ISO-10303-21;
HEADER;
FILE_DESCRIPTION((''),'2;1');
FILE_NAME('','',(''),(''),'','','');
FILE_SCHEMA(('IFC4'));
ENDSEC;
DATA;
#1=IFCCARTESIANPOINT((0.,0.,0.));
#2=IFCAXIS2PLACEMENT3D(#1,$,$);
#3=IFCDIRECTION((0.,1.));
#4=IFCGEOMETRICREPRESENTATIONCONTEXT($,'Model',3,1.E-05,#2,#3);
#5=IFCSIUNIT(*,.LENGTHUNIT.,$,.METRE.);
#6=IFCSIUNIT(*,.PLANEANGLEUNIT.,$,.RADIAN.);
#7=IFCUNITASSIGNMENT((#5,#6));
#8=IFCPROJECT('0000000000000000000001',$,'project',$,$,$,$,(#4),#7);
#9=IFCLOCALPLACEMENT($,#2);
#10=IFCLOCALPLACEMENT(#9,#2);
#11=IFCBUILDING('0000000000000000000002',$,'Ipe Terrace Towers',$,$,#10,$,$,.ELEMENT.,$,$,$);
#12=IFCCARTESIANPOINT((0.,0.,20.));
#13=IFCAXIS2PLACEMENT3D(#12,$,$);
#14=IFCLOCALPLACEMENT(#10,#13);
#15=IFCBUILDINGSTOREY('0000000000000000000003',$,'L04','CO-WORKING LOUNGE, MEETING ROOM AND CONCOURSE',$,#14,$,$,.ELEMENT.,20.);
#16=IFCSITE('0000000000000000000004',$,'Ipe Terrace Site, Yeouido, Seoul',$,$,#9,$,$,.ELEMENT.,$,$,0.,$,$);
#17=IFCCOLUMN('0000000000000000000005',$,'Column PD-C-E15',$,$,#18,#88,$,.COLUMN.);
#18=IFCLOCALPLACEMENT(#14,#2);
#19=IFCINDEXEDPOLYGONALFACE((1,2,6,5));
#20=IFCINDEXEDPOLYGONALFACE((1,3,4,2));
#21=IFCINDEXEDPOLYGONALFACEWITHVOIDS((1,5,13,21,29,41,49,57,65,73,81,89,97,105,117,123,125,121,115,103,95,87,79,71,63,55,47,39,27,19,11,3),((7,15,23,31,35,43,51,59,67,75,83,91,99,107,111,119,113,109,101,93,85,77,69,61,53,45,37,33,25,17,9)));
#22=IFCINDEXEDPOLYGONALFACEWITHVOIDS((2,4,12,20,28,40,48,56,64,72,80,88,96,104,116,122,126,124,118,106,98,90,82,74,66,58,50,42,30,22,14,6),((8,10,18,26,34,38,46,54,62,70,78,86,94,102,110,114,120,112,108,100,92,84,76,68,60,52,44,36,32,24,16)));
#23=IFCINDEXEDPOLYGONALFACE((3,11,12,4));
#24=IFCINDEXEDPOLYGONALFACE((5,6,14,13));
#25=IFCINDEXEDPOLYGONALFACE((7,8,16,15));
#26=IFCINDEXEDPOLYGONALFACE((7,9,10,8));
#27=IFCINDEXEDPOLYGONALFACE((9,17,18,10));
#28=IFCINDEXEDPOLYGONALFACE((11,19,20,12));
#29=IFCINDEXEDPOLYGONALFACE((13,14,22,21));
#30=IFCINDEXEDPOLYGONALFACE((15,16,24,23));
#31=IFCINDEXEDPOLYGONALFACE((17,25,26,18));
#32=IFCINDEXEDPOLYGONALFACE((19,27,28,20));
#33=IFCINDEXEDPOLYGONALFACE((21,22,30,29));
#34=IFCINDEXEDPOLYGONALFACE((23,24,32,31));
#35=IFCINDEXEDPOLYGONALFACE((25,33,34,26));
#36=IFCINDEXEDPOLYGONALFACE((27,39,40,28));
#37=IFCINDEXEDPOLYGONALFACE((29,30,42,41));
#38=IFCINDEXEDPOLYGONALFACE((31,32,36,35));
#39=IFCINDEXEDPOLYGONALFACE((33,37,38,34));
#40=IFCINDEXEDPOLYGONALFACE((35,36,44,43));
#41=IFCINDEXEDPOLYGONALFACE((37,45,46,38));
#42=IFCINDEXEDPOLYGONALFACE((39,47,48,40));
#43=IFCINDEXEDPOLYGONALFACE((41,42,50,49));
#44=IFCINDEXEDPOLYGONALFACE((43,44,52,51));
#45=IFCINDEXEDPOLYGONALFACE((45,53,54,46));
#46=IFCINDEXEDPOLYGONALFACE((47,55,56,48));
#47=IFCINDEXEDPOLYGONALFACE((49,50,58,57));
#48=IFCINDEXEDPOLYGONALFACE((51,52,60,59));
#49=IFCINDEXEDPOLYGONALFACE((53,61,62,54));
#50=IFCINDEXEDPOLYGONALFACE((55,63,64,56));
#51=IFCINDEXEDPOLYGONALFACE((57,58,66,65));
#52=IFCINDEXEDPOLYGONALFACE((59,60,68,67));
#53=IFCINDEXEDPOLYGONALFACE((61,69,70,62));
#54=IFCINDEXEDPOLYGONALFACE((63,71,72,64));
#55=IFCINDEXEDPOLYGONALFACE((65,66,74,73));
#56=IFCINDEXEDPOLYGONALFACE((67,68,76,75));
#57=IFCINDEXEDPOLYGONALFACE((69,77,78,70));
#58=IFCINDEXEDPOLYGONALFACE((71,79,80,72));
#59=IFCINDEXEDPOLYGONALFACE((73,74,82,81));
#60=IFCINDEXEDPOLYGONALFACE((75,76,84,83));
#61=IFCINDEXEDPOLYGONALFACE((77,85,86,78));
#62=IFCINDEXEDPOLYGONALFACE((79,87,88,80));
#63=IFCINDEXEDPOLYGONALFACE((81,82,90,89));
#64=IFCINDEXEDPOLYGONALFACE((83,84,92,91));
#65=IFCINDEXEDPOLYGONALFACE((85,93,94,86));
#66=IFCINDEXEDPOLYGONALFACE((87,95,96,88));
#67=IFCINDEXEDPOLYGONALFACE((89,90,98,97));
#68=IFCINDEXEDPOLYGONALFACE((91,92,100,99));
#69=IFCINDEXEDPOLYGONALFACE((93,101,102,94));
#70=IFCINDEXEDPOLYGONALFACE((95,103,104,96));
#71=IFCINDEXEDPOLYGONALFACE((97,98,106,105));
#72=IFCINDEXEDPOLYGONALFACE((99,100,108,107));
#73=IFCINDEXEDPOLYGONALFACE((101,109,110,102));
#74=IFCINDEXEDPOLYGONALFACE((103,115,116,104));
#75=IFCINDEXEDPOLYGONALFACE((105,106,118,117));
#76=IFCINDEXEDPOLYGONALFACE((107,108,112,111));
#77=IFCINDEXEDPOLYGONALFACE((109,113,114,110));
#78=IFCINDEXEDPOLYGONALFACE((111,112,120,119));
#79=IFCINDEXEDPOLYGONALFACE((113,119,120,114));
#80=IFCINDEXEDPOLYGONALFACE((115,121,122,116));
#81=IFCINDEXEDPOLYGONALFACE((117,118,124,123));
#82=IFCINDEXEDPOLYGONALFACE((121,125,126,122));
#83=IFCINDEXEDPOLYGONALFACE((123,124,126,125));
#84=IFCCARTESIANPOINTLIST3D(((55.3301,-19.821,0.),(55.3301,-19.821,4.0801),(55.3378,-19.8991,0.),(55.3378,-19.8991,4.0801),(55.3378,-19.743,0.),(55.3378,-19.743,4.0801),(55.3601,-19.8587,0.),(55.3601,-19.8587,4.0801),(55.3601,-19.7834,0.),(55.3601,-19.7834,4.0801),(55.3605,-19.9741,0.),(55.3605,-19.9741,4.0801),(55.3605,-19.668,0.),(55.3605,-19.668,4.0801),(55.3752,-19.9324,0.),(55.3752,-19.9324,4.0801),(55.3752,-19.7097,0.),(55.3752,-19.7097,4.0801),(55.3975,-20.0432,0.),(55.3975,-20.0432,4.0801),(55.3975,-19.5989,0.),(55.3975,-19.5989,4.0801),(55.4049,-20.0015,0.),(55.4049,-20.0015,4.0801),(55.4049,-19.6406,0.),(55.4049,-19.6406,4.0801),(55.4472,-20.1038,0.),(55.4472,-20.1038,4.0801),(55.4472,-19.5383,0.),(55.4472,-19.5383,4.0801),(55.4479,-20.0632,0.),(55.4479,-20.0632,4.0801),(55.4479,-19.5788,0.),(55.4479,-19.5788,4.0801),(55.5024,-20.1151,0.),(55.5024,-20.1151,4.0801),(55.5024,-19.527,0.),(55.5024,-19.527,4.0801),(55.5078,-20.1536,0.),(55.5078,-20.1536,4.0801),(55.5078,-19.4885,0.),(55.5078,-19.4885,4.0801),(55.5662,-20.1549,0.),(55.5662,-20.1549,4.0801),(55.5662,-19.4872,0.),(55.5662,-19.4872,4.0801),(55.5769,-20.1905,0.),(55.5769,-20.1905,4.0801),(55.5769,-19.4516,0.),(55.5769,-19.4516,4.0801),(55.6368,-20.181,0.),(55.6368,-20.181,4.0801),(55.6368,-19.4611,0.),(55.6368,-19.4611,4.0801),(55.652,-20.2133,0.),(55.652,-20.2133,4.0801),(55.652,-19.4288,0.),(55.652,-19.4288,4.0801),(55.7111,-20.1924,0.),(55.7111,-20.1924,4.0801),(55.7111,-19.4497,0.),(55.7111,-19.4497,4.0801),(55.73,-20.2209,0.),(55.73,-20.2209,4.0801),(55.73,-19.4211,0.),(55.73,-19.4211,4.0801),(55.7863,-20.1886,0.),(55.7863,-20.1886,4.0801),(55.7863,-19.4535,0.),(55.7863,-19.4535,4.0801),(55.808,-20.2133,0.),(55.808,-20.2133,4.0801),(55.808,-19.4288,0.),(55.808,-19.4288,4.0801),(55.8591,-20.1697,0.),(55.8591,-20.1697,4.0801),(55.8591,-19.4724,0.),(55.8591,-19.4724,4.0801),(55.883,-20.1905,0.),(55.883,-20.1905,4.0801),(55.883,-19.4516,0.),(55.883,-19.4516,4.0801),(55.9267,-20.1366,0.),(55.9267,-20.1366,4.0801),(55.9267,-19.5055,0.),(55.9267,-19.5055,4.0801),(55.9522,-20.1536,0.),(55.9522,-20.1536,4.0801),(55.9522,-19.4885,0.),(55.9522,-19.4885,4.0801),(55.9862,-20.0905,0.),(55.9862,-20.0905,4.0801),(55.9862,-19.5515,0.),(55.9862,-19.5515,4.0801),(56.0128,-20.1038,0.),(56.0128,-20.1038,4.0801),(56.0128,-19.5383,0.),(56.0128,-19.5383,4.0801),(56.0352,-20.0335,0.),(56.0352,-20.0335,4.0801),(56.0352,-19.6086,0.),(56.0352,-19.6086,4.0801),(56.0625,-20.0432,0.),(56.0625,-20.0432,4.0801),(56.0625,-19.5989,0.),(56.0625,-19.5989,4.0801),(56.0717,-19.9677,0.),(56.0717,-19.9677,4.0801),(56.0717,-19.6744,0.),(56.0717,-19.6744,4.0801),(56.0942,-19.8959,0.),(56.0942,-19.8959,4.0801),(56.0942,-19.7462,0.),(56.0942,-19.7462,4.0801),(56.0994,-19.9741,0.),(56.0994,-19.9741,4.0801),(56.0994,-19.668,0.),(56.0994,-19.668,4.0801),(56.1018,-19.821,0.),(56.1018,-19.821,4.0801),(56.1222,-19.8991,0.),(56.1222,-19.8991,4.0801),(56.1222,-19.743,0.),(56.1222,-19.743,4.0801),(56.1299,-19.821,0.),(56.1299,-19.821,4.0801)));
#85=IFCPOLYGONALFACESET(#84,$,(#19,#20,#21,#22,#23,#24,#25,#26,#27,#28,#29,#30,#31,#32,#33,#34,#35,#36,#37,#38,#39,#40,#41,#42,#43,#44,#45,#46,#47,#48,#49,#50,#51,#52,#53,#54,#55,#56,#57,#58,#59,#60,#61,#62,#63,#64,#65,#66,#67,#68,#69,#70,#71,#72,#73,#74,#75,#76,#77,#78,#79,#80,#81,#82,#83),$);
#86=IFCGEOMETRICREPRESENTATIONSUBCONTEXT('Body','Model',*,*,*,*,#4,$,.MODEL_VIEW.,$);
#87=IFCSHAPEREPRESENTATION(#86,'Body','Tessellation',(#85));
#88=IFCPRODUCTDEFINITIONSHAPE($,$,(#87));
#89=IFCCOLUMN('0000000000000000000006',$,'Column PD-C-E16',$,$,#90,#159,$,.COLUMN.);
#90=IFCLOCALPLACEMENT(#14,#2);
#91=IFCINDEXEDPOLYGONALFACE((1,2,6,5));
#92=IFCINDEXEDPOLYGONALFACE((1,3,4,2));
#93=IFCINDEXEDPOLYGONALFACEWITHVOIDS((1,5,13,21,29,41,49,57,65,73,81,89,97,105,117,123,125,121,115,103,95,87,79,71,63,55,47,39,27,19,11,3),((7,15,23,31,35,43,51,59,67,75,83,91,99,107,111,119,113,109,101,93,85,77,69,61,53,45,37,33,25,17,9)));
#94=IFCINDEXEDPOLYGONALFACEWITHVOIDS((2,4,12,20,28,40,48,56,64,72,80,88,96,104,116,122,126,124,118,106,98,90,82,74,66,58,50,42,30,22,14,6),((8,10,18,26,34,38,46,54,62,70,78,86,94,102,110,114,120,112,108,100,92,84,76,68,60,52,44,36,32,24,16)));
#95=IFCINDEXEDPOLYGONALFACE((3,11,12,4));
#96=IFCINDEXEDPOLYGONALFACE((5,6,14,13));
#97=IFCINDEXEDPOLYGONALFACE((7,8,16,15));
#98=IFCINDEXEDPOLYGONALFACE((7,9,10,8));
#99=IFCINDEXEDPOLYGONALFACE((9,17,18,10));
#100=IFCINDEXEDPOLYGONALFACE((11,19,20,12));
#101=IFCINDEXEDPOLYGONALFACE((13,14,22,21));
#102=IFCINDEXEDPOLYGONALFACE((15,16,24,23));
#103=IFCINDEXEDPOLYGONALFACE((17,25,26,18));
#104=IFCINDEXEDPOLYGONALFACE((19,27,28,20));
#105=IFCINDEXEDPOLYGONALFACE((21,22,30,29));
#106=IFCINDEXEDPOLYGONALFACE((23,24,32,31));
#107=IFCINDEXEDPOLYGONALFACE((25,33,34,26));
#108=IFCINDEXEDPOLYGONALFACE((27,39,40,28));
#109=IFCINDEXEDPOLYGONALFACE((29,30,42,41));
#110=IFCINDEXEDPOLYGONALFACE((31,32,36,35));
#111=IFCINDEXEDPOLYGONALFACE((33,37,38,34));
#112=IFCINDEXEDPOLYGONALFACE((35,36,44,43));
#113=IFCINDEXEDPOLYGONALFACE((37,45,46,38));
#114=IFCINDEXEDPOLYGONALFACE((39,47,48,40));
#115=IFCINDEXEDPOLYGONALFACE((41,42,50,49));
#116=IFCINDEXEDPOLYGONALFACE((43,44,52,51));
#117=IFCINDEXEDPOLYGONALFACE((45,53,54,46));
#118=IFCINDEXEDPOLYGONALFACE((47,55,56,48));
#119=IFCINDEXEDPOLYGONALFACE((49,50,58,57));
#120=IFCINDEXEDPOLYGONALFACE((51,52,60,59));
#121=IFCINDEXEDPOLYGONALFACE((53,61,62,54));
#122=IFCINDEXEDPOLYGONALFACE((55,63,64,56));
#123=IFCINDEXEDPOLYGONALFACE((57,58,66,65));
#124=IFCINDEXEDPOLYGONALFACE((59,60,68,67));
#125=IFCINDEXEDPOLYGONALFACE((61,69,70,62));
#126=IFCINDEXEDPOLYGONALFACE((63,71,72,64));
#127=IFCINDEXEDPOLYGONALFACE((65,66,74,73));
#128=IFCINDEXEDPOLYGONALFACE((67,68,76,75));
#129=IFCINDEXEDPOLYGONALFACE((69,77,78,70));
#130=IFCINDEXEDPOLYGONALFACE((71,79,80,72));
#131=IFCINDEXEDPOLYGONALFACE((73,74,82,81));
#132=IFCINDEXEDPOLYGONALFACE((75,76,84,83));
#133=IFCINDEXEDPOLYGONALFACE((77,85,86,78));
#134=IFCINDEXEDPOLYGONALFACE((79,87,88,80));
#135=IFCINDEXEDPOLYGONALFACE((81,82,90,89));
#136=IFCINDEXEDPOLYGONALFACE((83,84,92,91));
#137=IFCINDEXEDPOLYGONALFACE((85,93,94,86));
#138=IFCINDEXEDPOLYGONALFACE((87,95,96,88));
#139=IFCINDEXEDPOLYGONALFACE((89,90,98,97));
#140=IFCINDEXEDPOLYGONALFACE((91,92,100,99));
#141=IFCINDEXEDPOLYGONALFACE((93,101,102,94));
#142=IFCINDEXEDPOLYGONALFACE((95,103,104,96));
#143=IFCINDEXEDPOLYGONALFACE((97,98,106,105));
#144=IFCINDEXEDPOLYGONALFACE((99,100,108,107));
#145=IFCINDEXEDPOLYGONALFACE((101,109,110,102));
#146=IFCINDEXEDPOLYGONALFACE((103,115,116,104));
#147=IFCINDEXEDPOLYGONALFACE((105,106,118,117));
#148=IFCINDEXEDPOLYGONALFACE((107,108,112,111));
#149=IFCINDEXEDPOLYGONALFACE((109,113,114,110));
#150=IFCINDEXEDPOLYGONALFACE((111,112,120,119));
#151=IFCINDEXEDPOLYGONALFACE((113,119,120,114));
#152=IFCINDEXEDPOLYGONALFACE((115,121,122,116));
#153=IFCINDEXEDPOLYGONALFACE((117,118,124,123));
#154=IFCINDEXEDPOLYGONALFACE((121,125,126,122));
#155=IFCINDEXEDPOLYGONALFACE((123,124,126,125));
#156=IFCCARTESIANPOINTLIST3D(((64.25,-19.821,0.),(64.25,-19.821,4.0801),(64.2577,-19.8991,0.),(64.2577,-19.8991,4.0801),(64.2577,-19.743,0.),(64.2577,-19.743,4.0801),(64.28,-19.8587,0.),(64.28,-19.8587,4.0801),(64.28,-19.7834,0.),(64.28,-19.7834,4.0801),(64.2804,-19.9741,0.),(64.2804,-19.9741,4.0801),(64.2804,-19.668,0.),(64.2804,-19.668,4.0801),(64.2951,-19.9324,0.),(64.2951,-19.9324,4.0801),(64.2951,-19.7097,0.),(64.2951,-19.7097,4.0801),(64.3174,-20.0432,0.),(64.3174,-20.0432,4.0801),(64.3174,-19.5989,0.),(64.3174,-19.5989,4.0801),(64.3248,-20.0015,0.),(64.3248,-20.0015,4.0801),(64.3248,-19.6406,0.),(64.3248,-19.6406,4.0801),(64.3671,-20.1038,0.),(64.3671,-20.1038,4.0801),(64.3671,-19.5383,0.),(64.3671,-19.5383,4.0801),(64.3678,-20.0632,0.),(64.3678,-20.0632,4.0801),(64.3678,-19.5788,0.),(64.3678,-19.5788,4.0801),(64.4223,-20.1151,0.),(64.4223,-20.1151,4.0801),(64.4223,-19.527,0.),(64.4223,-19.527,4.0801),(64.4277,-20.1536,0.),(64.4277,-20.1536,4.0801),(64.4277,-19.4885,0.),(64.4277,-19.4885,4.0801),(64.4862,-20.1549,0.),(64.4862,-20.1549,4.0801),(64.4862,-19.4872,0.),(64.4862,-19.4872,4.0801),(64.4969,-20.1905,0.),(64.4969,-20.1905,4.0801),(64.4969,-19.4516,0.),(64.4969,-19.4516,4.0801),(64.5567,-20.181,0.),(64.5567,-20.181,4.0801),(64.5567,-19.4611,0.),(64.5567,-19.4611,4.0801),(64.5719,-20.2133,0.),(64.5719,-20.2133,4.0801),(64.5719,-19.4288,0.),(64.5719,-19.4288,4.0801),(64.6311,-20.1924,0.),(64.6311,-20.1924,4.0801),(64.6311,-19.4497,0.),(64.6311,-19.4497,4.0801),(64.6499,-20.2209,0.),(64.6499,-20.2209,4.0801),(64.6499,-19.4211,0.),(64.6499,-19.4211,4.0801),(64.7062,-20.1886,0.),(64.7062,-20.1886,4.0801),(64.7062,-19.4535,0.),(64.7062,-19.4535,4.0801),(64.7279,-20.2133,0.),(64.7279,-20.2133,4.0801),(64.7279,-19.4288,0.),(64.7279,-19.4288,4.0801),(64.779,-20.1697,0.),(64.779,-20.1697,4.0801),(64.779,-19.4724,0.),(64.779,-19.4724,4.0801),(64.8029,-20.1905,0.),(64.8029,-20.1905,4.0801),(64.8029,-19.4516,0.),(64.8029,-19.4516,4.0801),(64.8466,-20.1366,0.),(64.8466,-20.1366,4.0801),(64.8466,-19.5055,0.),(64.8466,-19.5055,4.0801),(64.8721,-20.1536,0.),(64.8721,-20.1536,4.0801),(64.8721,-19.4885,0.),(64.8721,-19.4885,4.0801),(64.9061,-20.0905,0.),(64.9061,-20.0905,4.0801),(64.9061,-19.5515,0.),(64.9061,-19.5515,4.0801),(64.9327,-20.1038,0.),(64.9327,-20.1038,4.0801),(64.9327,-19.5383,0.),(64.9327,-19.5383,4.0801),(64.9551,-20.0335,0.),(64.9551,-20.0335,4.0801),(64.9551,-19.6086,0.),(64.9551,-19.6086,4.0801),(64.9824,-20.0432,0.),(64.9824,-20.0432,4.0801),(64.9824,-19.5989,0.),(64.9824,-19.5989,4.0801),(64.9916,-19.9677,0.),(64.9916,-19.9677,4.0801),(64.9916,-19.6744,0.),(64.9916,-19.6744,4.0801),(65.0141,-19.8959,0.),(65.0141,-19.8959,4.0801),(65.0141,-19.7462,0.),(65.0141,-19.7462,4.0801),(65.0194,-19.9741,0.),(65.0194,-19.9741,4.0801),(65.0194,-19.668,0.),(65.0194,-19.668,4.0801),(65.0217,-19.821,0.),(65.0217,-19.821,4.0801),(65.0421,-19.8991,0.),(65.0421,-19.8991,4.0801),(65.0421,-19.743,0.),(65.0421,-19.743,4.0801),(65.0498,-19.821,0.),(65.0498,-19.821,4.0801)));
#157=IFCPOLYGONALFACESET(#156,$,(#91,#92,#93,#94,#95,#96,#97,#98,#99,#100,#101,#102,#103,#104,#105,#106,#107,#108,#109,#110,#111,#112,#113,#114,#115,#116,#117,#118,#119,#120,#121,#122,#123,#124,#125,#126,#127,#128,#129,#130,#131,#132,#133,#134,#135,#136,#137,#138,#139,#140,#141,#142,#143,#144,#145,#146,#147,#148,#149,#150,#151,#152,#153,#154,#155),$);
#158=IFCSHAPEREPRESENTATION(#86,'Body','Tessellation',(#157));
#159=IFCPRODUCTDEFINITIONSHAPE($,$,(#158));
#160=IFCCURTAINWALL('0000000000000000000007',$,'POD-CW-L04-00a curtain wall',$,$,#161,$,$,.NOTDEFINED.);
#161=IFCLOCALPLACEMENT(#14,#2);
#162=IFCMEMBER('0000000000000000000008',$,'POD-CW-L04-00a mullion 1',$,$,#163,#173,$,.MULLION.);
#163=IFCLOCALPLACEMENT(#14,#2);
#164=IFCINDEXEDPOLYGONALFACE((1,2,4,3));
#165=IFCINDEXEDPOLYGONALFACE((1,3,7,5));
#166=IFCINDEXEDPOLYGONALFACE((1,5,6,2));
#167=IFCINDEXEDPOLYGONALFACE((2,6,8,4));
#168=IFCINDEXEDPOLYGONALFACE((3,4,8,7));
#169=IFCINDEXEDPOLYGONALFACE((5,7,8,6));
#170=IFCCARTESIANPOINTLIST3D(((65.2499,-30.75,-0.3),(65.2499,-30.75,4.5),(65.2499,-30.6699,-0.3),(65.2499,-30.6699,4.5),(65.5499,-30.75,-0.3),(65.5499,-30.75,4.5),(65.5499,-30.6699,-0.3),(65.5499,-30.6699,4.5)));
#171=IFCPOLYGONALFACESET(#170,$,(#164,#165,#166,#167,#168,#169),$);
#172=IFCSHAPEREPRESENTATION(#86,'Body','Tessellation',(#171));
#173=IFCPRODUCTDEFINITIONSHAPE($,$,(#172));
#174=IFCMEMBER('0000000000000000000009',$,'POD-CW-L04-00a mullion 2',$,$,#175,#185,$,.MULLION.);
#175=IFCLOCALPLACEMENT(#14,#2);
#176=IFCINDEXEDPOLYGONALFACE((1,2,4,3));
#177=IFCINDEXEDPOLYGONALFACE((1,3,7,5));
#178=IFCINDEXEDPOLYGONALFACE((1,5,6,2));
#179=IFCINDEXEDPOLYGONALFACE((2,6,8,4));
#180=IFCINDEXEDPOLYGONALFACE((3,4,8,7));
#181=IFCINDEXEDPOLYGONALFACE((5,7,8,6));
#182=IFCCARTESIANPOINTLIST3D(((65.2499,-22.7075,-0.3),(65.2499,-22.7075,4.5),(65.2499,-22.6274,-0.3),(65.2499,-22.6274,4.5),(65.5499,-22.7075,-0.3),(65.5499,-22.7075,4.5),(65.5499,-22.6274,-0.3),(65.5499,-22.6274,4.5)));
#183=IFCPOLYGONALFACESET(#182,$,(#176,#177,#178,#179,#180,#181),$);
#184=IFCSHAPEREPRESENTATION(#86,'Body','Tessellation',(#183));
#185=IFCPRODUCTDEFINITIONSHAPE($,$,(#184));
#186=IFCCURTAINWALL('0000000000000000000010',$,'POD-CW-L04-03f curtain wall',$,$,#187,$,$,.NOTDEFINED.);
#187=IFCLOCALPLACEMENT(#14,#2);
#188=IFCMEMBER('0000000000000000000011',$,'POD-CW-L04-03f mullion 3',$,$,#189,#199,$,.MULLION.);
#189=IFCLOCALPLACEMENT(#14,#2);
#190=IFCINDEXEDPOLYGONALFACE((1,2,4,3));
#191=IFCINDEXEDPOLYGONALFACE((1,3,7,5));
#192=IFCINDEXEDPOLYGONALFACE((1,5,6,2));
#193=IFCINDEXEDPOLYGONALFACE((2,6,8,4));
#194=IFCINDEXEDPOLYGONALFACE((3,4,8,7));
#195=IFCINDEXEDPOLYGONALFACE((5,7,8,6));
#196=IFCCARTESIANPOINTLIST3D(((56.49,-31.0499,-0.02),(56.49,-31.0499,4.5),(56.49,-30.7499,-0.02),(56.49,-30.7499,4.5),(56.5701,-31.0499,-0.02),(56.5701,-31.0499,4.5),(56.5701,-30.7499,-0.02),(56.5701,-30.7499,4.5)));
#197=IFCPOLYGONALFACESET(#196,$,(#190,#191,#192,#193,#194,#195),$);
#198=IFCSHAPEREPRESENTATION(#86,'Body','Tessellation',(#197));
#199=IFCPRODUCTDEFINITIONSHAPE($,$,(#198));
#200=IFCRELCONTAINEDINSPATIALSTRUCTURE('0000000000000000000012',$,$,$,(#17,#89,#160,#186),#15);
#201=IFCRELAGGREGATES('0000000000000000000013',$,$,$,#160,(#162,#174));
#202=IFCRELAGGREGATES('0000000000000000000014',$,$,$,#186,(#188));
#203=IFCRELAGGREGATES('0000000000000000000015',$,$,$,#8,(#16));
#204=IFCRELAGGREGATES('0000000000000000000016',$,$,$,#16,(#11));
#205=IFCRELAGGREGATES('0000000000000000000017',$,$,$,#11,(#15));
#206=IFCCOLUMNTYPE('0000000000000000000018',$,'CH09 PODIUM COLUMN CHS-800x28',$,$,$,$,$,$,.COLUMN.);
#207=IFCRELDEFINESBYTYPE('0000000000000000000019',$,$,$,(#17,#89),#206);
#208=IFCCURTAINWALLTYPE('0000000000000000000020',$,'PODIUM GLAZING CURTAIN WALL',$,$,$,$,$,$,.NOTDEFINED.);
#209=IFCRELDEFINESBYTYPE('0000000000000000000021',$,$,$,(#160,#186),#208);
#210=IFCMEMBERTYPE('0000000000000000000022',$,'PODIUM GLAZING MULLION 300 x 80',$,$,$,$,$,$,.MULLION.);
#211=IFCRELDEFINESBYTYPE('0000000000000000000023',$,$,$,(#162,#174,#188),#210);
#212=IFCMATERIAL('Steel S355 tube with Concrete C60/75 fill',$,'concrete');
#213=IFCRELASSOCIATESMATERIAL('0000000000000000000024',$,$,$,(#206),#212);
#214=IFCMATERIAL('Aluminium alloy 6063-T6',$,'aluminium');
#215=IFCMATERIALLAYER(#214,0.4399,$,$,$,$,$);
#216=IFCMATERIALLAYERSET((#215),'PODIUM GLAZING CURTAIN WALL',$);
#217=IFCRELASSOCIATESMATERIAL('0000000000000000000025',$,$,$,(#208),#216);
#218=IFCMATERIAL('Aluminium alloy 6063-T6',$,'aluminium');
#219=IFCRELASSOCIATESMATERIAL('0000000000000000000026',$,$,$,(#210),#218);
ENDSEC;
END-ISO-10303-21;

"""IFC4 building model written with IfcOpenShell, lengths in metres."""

from ifc_helpers import new_model, si_unit, direction, frame, origin, origin_2d, place, context, subcontext, project, spatial, rectangle, hollow_circle, extrude, material, layer, layer_set, material_profile, profile_set, type_object, element, aggregate, save


model = new_model("IFC4")

# Units and contexts
model_context = context("Model", 3, precision=1e-05, world=origin(), true_north=direction((0.0, 1.0)))
body_context = subcontext(model_context, "Body", "Model", "MODEL_VIEW")
ifc_project = project(units=[si_unit("LENGTHUNIT", "METRE"), si_unit("PLANEANGLEUNIT", "RADIAN")], contexts=[model_context])

# Site, building, storey
site_placement = place(None, origin())
site = spatial("IfcSite", under=ifc_project, at=site_placement, Name="Ipe Terrace Site, Yeouido, Seoul", CompositionType="ELEMENT", RefElevation=0.0)
building_placement = place(site_placement, origin())
building = spatial("IfcBuilding", under=site, at=building_placement, Name="Ipe Terrace Towers", CompositionType="ELEMENT")
storey_placement = place(building_placement, frame((0.0, 0.0, 20.0)))
storey = spatial("IfcBuildingStorey", under=building, at=storey_placement, Name="L04", Description="CO-WORKING LOUNGE, MEETING ROOM AND CONCOURSE", CompositionType="ELEMENT", Elevation=20.0)

# Columns
ifc_material_1 = material(Name="Steel S355 tube with Concrete C60/75 fill", Category="concrete")
ifc_material_profile_1 = material_profile(ifc_material_1, hollow_circle(Radius=0.3999, WallThickness=0.0281, at=origin_2d()), Name="CHS-800x28")
ifc_profile_set_1 = profile_set([ifc_material_profile_1], Name="Steel S355 tube with Concrete C60/75 fill")
column_type = type_object("IfcColumnType", Name="CH09 PODIUM COLUMN CHS-800x28", PredefinedType="COLUMN", material=ifc_profile_set_1)
for number, where, z_axis, x_axis, name in (
    (1, (55.73, -19.821, 0.0), (0.0, 0.0, 1.0), (1.0, 0.0, 0.0), "Column PD-C-E15"),
    (2, (64.6499, -19.821, 0.0), (0.0, 0.0, 1.0), (1.0, 0.0, 0.0), "Column PD-C-E16"),
):
    element("IfcColumn", number, at=place(storey_placement, frame(where, z_axis=z_axis, x_axis=x_axis)), inside=storey, type_object=column_type, Name=name, PredefinedType="COLUMN", context=body_context, shape_type="SweptSolid", body=[
        extrude(hollow_circle(Radius=0.3999, WallThickness=0.0281, at=origin_2d()), origin(), (0.0, 0.0, 1.0), 4.0801),
    ])

# Curtain walls, members
ifc_material_2 = material(Name="Aluminium alloy 6063-T6", Category="aluminium")
ifc_layer_1 = layer(ifc_material_2, 0.4399)
ifc_layer_set_1 = layer_set([ifc_layer_1], Name="PODIUM GLAZING CURTAIN WALL")
curtain_wall_type = type_object("IfcCurtainWallType", Name="PODIUM GLAZING CURTAIN WALL", PredefinedType="NOTDEFINED", material=ifc_layer_set_1)
curtain_wall_1_placement = place(storey_placement, origin())
curtain_wall_1 = element("IfcCurtainWall", 3, at=curtain_wall_1_placement, inside=storey, type_object=curtain_wall_type, Name="POD-CW-L04-00a curtain wall", PredefinedType="NOTDEFINED")
ifc_material_3 = material(Name="Aluminium alloy 6063-T6", Category="aluminium")
ifc_material_profile_2 = material_profile(ifc_material_3, rectangle(XDim=0.3, YDim=0.0801, at=origin_2d()), Name="PODIUM GLAZING MULLION 300 x 80")
ifc_profile_set_2 = profile_set([ifc_material_profile_2], Name="Aluminium alloy 6063-T6")
member_type_1 = type_object("IfcMemberType", Name="PODIUM GLAZING MULLION 300 x 80", PredefinedType="MULLION", material=ifc_profile_set_2)
member_1_placement = place(storey_placement, frame((65.3999, -30.71, -0.3), z_axis=(0.0, 0.0, 1.0), x_axis=(1.0, 0.0, 0.0)))
member_1 = element("IfcMember", 4, at=member_1_placement, type_object=member_type_1, Name="POD-CW-L04-00a mullion 1", PredefinedType="MULLION", context=body_context, shape_type="SweptSolid", body=[
    extrude(rectangle(XDim=0.3, YDim=0.0801, at=origin_2d()), origin(), (0.0, 0.0, 1.0), 4.8),
])
member_2_placement = place(storey_placement, frame((65.3999, -22.6675, -0.3), z_axis=(0.0, 0.0, 1.0), x_axis=(1.0, 0.0, 0.0)))
member_2 = element("IfcMember", 5, at=member_2_placement, type_object=member_type_1, Name="POD-CW-L04-00a mullion 2", PredefinedType="MULLION", context=body_context, shape_type="SweptSolid", body=[
    extrude(rectangle(XDim=0.3, YDim=0.0801, at=origin_2d()), origin(), (0.0, 0.0, 1.0), 4.8),
])
curtain_wall_2_placement = place(storey_placement, origin())
curtain_wall_2 = element("IfcCurtainWall", 6, at=curtain_wall_2_placement, inside=storey, type_object=curtain_wall_type, Name="POD-CW-L04-03f curtain wall", PredefinedType="NOTDEFINED")
member_3_placement = place(storey_placement, frame((56.53, -30.8999, -0.02), z_axis=(0.0, 0.0, 1.0), x_axis=(0.0, -1.0, 0.0)))
member_3 = element("IfcMember", 7, at=member_3_placement, type_object=member_type_1, Name="POD-CW-L04-03f mullion 3", PredefinedType="MULLION", context=body_context, shape_type="SweptSolid", body=[
    extrude(rectangle(XDim=0.3, YDim=0.0801, at=origin_2d()), origin(), (0.0, 0.0, 1.0), 4.52),
])

aggregate(curtain_wall_1, [member_1, member_2])
aggregate(curtain_wall_2, [member_3])

save(model, "model.ifc")
